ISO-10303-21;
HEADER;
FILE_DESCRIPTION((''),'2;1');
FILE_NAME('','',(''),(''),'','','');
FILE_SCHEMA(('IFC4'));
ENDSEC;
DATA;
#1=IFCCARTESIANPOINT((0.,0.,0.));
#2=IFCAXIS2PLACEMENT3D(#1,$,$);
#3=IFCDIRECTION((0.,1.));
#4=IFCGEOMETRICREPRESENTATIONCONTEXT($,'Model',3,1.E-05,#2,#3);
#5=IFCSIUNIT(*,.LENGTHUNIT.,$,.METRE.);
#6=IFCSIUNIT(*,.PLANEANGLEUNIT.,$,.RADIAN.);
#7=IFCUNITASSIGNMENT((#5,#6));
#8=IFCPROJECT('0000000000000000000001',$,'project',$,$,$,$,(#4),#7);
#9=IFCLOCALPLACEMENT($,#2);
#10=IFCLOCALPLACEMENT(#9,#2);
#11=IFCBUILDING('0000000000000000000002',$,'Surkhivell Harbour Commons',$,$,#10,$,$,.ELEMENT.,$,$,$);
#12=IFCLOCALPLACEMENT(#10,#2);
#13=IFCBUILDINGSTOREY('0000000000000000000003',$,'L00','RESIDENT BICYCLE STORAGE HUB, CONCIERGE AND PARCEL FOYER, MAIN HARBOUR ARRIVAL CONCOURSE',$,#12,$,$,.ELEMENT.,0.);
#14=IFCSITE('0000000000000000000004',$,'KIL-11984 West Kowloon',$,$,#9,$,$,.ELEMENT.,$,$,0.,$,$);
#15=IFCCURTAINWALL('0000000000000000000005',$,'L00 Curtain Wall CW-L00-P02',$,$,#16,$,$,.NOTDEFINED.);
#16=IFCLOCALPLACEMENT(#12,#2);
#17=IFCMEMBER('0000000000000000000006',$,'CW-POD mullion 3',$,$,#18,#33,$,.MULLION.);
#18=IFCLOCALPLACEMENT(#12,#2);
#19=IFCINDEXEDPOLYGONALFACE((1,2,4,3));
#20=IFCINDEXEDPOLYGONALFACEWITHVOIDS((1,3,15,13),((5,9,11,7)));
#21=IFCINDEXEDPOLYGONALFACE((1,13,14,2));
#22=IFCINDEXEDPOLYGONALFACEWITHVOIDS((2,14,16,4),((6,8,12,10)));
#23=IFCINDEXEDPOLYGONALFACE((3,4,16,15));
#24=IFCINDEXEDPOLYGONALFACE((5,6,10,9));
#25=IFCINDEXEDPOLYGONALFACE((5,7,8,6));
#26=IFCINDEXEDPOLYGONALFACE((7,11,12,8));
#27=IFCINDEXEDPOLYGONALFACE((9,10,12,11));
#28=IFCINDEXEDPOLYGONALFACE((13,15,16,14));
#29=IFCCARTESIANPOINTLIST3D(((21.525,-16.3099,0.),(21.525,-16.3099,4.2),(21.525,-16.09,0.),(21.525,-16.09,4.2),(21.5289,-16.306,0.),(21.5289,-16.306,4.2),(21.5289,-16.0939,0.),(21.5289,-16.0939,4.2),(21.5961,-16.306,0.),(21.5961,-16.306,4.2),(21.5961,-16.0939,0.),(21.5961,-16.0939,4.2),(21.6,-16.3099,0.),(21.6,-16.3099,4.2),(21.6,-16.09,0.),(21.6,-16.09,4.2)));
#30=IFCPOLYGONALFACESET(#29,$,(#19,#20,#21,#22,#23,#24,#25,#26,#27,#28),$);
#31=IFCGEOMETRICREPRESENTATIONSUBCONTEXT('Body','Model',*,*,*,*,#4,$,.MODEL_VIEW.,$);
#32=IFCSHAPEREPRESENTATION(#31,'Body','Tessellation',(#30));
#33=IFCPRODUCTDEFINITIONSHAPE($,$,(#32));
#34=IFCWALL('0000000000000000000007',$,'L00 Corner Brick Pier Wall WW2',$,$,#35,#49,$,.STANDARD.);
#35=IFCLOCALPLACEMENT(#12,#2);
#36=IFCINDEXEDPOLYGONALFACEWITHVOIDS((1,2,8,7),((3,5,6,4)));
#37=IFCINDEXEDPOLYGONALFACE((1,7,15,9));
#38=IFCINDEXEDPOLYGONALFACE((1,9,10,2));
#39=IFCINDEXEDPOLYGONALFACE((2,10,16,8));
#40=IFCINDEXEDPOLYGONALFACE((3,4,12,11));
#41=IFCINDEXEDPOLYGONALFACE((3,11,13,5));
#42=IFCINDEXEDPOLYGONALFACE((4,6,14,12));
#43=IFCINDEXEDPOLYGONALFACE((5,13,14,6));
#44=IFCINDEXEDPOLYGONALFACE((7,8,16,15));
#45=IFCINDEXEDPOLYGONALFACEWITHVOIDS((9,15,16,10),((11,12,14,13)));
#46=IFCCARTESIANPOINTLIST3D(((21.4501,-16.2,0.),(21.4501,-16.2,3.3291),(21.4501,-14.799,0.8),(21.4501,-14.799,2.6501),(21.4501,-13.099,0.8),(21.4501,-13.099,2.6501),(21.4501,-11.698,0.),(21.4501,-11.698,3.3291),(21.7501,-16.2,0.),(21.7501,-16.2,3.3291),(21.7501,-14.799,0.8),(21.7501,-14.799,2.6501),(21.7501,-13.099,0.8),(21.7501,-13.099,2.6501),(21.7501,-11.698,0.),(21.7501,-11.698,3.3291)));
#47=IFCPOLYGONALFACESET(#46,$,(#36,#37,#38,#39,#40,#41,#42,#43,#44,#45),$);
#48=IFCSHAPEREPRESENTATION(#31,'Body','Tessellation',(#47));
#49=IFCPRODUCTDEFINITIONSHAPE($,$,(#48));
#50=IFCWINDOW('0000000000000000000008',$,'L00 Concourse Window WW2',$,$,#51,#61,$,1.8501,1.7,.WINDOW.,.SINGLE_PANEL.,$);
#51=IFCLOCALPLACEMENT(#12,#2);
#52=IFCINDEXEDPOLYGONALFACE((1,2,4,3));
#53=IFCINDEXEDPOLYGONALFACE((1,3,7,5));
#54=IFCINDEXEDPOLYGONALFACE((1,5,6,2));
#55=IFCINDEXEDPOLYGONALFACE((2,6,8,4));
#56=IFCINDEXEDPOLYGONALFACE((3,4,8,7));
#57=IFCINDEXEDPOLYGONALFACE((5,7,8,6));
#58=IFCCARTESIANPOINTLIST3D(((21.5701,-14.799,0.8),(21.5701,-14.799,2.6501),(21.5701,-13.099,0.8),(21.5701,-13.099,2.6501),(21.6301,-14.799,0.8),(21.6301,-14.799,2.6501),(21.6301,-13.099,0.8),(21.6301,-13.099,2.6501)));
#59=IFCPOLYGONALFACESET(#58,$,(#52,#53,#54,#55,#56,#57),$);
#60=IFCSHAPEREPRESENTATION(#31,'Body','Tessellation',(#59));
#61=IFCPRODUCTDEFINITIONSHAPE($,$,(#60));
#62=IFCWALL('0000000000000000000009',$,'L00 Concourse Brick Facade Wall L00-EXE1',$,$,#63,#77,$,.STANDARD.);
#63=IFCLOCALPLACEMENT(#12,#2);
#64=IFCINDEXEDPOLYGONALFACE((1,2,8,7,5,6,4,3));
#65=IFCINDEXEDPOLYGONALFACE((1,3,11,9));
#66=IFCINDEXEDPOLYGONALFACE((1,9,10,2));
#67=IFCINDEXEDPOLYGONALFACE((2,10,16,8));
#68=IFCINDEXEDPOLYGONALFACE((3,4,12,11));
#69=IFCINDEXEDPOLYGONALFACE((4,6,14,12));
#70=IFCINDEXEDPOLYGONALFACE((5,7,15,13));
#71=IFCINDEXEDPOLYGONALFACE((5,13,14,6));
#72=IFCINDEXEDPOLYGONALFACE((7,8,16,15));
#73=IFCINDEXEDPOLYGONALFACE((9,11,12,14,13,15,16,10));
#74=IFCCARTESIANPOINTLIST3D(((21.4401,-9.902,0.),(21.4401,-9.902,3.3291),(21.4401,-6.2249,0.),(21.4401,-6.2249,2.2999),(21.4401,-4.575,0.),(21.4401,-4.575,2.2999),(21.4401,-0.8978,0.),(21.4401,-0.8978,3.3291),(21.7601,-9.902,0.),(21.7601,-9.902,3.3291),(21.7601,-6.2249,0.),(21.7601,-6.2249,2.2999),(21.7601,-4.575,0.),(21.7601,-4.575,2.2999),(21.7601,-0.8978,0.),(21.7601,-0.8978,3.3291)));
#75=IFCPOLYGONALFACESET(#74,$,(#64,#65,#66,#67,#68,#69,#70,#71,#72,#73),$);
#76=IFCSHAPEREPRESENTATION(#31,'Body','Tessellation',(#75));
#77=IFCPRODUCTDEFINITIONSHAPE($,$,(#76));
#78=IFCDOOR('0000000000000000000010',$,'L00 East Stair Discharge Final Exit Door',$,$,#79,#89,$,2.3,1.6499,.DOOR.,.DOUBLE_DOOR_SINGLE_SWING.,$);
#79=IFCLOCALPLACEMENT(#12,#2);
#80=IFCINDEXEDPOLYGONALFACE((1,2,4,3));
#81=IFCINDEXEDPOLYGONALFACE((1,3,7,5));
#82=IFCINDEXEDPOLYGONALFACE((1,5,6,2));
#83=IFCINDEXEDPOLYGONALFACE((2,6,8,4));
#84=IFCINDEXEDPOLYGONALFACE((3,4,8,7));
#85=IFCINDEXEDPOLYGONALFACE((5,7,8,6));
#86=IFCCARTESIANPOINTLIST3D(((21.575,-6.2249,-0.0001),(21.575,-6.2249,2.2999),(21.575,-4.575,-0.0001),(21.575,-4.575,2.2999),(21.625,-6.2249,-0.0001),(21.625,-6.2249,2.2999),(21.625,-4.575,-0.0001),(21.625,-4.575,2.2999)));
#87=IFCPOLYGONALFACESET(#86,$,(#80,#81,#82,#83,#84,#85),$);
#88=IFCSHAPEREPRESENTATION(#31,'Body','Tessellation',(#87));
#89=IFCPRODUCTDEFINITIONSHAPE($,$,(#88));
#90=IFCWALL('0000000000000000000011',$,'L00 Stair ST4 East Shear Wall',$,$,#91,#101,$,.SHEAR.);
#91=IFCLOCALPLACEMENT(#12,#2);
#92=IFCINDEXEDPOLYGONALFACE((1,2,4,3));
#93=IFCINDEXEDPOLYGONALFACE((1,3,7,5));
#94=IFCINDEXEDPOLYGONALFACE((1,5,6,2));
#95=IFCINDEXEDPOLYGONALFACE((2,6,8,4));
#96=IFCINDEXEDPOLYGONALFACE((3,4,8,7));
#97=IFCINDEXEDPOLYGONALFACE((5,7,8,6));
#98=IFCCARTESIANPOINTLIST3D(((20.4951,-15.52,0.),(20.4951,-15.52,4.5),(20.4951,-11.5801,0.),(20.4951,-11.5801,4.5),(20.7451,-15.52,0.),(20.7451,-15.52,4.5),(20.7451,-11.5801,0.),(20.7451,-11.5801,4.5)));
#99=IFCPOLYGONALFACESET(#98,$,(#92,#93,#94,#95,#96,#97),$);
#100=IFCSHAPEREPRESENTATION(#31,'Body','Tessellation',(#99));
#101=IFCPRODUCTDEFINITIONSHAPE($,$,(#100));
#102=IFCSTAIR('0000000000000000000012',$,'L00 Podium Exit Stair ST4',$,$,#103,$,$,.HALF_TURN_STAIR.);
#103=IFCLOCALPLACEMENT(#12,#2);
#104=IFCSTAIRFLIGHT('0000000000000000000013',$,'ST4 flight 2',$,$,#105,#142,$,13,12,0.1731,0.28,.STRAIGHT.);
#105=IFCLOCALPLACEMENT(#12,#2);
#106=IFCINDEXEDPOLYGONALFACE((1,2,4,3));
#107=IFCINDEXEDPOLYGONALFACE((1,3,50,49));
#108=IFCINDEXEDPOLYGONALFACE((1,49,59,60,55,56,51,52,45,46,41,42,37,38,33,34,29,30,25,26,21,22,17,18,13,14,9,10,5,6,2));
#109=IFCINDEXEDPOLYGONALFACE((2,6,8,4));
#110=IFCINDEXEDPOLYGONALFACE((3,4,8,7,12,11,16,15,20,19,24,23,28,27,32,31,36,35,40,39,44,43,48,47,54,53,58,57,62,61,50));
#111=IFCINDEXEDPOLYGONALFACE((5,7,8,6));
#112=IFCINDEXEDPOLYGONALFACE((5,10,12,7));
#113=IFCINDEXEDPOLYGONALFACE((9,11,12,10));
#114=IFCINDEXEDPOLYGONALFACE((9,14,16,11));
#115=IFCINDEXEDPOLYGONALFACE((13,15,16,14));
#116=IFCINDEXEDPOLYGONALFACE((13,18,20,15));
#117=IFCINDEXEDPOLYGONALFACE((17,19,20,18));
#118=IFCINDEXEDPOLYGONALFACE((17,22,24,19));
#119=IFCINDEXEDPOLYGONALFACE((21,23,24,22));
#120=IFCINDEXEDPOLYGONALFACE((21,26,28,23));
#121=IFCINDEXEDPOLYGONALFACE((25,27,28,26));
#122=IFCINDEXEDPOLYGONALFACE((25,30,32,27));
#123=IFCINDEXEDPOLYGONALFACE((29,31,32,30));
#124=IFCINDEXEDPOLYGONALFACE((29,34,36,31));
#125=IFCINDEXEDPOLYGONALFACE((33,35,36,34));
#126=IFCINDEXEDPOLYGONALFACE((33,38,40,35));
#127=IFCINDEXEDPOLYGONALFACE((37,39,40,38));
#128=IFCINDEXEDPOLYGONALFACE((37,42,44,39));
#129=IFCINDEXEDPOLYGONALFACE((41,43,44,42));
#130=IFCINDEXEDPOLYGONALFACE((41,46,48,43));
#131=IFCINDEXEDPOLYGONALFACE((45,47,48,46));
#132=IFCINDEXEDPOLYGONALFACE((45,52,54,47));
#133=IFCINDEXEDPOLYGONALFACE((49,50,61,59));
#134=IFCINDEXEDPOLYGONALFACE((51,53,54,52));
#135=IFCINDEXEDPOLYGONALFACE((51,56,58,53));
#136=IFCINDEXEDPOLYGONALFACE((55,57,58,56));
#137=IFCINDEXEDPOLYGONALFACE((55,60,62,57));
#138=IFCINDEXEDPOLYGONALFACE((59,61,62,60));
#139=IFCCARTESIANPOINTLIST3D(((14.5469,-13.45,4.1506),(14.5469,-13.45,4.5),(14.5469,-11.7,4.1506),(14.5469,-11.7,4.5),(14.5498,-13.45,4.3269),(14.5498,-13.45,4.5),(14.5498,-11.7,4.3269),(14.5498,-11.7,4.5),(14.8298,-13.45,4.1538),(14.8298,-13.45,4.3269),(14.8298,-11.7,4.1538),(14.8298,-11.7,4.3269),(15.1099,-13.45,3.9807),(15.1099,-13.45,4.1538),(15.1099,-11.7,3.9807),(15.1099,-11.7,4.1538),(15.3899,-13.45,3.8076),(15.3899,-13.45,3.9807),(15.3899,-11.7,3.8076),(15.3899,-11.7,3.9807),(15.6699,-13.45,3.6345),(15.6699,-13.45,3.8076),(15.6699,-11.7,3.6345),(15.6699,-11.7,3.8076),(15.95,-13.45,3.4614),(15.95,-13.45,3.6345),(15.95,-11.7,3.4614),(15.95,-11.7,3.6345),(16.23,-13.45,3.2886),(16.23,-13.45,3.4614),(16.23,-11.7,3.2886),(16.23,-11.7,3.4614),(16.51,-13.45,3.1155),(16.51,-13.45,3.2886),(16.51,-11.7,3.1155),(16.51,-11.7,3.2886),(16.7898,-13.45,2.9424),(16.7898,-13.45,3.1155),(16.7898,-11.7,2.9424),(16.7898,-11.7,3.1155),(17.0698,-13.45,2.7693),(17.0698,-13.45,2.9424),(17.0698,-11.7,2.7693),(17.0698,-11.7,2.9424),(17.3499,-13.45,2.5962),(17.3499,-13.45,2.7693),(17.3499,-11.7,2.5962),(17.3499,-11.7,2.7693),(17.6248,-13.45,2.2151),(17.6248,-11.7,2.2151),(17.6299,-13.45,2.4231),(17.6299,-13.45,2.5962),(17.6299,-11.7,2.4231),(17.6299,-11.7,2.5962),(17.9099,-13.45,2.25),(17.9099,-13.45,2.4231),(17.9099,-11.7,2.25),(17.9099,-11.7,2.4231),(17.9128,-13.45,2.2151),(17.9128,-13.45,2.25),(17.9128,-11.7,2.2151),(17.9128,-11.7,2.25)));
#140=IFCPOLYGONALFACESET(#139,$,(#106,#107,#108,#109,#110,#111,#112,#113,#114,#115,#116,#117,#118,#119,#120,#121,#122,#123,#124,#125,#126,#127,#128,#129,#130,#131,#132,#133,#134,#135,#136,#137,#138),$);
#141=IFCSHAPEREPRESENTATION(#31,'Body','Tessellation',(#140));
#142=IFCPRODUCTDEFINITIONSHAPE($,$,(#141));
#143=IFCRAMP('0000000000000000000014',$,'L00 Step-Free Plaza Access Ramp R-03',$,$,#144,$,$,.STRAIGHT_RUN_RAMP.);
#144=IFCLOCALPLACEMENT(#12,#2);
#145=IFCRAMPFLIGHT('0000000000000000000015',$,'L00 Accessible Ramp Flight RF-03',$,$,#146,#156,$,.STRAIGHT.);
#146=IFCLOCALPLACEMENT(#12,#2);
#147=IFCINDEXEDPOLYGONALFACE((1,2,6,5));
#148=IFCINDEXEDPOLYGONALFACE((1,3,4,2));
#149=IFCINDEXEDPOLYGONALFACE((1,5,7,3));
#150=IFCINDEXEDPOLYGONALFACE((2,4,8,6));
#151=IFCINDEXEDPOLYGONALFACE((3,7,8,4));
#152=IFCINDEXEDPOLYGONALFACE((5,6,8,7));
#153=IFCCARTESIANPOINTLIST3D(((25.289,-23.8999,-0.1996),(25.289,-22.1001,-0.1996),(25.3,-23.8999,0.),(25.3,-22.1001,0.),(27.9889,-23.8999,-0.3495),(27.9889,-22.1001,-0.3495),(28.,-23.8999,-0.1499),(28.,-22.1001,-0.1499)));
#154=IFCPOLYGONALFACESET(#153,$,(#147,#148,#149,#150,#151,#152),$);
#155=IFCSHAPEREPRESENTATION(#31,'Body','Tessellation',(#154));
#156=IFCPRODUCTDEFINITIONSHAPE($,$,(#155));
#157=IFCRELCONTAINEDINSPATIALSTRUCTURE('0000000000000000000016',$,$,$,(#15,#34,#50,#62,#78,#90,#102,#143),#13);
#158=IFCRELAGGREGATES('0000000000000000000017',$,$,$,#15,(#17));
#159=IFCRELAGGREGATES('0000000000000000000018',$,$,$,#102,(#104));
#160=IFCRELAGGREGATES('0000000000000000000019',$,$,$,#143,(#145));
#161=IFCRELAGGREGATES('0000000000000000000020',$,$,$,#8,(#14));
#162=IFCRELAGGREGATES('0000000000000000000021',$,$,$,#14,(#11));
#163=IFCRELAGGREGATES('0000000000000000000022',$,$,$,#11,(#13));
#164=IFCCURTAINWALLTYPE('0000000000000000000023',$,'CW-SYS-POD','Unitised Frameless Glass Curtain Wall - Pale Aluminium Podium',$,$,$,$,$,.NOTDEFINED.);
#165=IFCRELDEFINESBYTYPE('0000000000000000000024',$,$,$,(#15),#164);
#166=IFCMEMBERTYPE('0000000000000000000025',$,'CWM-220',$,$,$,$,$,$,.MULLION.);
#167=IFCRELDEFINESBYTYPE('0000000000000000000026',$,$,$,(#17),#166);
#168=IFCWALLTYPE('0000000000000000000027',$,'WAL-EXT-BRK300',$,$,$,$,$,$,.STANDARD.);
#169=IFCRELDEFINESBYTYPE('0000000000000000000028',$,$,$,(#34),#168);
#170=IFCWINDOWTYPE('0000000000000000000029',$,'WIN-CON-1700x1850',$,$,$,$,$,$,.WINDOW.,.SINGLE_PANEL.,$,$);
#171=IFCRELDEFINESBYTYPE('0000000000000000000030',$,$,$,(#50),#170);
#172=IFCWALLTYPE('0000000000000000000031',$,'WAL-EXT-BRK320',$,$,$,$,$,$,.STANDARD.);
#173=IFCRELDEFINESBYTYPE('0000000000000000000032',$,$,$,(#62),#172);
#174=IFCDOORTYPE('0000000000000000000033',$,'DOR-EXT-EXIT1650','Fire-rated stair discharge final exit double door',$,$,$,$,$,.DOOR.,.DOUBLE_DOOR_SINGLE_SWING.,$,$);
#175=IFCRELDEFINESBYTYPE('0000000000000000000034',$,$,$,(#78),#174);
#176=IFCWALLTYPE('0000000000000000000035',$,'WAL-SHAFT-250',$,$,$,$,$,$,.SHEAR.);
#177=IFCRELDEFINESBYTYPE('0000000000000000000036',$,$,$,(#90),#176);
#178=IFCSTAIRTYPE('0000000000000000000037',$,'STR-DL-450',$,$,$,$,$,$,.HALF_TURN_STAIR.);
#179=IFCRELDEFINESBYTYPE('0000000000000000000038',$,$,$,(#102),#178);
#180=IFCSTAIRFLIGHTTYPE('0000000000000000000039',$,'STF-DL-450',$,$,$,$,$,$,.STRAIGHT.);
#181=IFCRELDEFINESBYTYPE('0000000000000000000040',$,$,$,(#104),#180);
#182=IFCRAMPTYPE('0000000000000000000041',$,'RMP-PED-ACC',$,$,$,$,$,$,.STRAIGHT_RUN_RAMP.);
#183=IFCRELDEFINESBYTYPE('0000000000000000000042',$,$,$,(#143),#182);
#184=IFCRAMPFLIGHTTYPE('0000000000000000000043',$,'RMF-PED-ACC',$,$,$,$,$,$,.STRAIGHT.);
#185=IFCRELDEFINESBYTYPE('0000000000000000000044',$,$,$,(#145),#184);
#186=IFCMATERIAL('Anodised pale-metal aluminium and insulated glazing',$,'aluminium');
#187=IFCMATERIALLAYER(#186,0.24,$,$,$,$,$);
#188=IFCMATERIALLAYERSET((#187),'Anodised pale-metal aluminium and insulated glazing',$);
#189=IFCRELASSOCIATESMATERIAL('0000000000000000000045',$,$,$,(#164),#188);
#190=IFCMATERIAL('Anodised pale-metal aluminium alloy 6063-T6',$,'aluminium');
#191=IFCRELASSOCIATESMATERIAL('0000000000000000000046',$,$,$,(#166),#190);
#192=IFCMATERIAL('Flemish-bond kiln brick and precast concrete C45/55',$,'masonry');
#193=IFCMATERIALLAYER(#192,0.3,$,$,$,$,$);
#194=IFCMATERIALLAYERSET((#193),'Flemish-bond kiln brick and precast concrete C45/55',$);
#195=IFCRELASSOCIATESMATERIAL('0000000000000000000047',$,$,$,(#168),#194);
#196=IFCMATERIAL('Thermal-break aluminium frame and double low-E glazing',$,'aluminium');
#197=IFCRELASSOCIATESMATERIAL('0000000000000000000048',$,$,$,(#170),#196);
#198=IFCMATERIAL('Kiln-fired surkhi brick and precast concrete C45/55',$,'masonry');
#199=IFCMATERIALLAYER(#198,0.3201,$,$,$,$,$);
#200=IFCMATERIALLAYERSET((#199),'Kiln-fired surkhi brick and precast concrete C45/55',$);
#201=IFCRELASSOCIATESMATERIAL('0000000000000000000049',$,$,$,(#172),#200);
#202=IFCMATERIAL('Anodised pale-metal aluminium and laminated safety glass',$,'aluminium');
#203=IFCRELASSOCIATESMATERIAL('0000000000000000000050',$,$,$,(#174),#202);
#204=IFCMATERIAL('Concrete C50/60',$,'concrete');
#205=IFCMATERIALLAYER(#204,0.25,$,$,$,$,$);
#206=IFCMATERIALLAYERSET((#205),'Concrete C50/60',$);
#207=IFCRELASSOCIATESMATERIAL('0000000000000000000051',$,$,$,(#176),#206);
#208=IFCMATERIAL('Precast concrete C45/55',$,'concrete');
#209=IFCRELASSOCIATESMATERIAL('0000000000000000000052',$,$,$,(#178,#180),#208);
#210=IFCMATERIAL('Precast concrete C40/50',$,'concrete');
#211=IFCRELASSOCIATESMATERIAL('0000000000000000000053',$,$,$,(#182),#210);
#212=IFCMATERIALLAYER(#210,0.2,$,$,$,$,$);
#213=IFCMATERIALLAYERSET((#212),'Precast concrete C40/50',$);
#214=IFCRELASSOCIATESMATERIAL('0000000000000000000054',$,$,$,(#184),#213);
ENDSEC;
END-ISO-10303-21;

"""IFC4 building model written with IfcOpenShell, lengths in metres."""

from ifc_helpers import new_model, si_unit, direction, frame, frame_2d, origin, origin_2d, place, context, subcontext, project, spatial, polyline, rectangle, hollow_rectangle, outline, extrude, material, layer, layer_set, material_profile, profile_set, type_object, element, fill, aggregate, save


model = new_model("IFC4")

# Units and contexts
model_context = context("Model", 3, precision=1e-05, world=origin(), true_north=direction((0.0, 1.0)))
body_context = subcontext(model_context, "Body", "Model", "MODEL_VIEW")
ifc_project = project(units=[si_unit("LENGTHUNIT", "METRE"), si_unit("PLANEANGLEUNIT", "RADIAN")], contexts=[model_context])

# Site, building, storey
site_placement = place(None, origin())
site = spatial("IfcSite", under=ifc_project, at=site_placement, Name="KIL-11984 West Kowloon", CompositionType="ELEMENT", RefElevation=0.0)
building_placement = place(site_placement, origin())
building = spatial("IfcBuilding", under=site, at=building_placement, Name="Surkhivell Harbour Commons", CompositionType="ELEMENT")
storey_placement = place(building_placement, origin())
storey = spatial("IfcBuildingStorey", under=building, at=storey_placement, Name="L00", Description="RESIDENT BICYCLE STORAGE HUB, CONCIERGE AND PARCEL FOYER, MAIN HARBOUR ARRIVAL CONCOURSE", CompositionType="ELEMENT", Elevation=0.0)

# Curtain wall, member
ifc_material_1 = material(Name="Anodised pale-metal aluminium and insulated glazing", Category="aluminium")
ifc_layer_1 = layer(ifc_material_1, 0.24)
ifc_layer_set_1 = layer_set([ifc_layer_1], Name="Anodised pale-metal aluminium and insulated glazing")
curtain_wall_type = type_object("IfcCurtainWallType", Name="CW-SYS-POD", Description="Unitised Frameless Glass Curtain Wall - Pale Aluminium Podium", PredefinedType="NOTDEFINED", material=ifc_layer_set_1)
curtain_wall_placement = place(storey_placement, origin())
curtain_wall = element("IfcCurtainWall", 1, at=curtain_wall_placement, inside=storey, type_object=curtain_wall_type, Name="L00 Curtain Wall CW-L00-P02", PredefinedType="NOTDEFINED")
ifc_material_2 = material(Name="Anodised pale-metal aluminium alloy 6063-T6", Category="aluminium")
ifc_material_profile_1 = material_profile(ifc_material_2, hollow_rectangle(XDim=0.075, YDim=0.22, WallThickness=0.0039, at=origin_2d()), Name="ALU-MULL-75x220")
ifc_profile_set_1 = profile_set([ifc_material_profile_1], Name="Anodised pale-metal aluminium alloy 6063-T6")
member_type = type_object("IfcMemberType", Name="CWM-220", PredefinedType="MULLION", material=ifc_profile_set_1)
member_placement = place(storey_placement, frame((21.5625, -16.2, 0.0), z_axis=(0.0, 0.0, 1.0), x_axis=(1.0, 0.0, 0.0)))
member = element("IfcMember", 2, at=member_placement, type_object=member_type, Name="CW-POD mullion 3", PredefinedType="MULLION", context=body_context, shape_type="SweptSolid", body=[
    extrude(hollow_rectangle(XDim=0.075, YDim=0.22, WallThickness=0.0039, at=origin_2d()), origin(), (0.0, 0.0, 1.0), 4.2),
])
aggregate(curtain_wall, [member])

# Wall, opening, window
ifc_material_3 = material(Name="Flemish-bond kiln brick and precast concrete C45/55", Category="masonry")
ifc_layer_2 = layer(ifc_material_3, 0.3)
ifc_layer_set_2 = layer_set([ifc_layer_2], Name="Flemish-bond kiln brick and precast concrete C45/55")
wall_type_1 = type_object("IfcWallType", Name="WAL-EXT-BRK300", PredefinedType="STANDARD", material=ifc_layer_set_2)
wall_1_placement = place(storey_placement, frame((21.6001, -11.698, 0.0), z_axis=(0.0, 0.0, 1.0), x_axis=(0.0, -1.0, 0.0)))
wall_1 = element("IfcWall", 3, at=wall_1_placement, inside=storey, type_object=wall_type_1, Name="L00 Corner Brick Pier Wall WW2", PredefinedType="STANDARD", context=body_context, shape_type="SweptSolid", body=[
    extrude(rectangle(XDim=4.502, YDim=0.3, at=frame_2d((2.251, 0.0))), origin(), (0.0, 0.0, 1.0), 3.3291),
])
opening_1_placement = place(wall_1_placement, frame((1.4009, 0.0, 0.8)))
opening_1 = element("IfcOpeningElement", 4, at=opening_1_placement, cuts=wall_1, PredefinedType="OPENING", context=body_context, shape_type="SweptSolid", body=[
    extrude(rectangle(XDim=1.7, YDim=1.8501, at=frame_2d((0.8501, 0.925))), frame((0.0, 0.1599, 0.0), z_axis=(0.0, -1.0, 0.0), x_axis=(1.0, 0.0, 0.0)), (0.0, 0.0, 1.0), 0.3201),
])
ifc_material_4 = material(Name="Thermal-break aluminium frame and double low-E glazing", Category="aluminium")
window_type = type_object("IfcWindowType", Name="WIN-CON-1700x1850", PartitioningType="SINGLE_PANEL", PredefinedType="WINDOW", material=ifc_material_4)
window_placement = place(opening_1_placement, origin())
window = element("IfcWindow", 5, at=window_placement, inside=storey, type_object=window_type, Name="L00 Concourse Window WW2", OverallHeight=1.8501, OverallWidth=1.7, PartitioningType="SINGLE_PANEL", PredefinedType="WINDOW", context=body_context, shape_type="SweptSolid", body=[
    extrude(rectangle(XDim=1.7, YDim=1.8501, at=frame_2d((0.8501, 0.925))), frame((0.0, 0.03, 0.0), z_axis=(0.0, -1.0, 0.0), x_axis=(1.0, 0.0, 0.0)), (0.0, 0.0, 1.0), 0.0601),
])
fill(opening_1, window)

# Wall, opening, door
ifc_material_5 = material(Name="Kiln-fired surkhi brick and precast concrete C45/55", Category="masonry")
ifc_layer_3 = layer(ifc_material_5, 0.3201)
ifc_layer_set_3 = layer_set([ifc_layer_3], Name="Kiln-fired surkhi brick and precast concrete C45/55")
wall_type_2 = type_object("IfcWallType", Name="WAL-EXT-BRK320", PredefinedType="STANDARD", material=ifc_layer_set_3)
wall_2_placement = place(storey_placement, frame((21.6001, -0.8979, 0.0), z_axis=(0.0, 0.0, 1.0), x_axis=(0.0, -1.0, 0.0)))
wall_2 = element("IfcWall", 6, at=wall_2_placement, inside=storey, type_object=wall_type_2, Name="L00 Concourse Brick Facade Wall L00-EXE1", PredefinedType="STANDARD", context=body_context, shape_type="SweptSolid", body=[
    extrude(rectangle(XDim=9.0042, YDim=0.3201, at=frame_2d((4.502, 0.0))), origin(), (0.0, 0.0, 1.0), 3.3291),
])
opening_2_placement = place(wall_2_placement, frame((3.677, 0.0, 0.0)))
opening_2 = element("IfcOpeningElement", 7, at=opening_2_placement, cuts=wall_2, PredefinedType="OPENING", context=body_context, shape_type="SweptSolid", body=[
    extrude(rectangle(XDim=1.6499, YDim=2.3, at=frame_2d((0.825, 1.1499))), frame((0.0, 0.1699, 0.0), z_axis=(0.0, -1.0, 0.0), x_axis=(1.0, 0.0, 0.0)), (0.0, 0.0, 1.0), 0.3401),
])
ifc_material_6 = material(Name="Anodised pale-metal aluminium and laminated safety glass", Category="aluminium")
door_type = type_object("IfcDoorType", Name="DOR-EXT-EXIT1650", Description="Fire-rated stair discharge final exit double door", OperationType="DOUBLE_DOOR_SINGLE_SWING", PredefinedType="DOOR", material=ifc_material_6)
door_placement = place(opening_2_placement, origin())
door = element("IfcDoor", 8, at=door_placement, inside=storey, type_object=door_type, Name="L00 East Stair Discharge Final Exit Door", OperationType="DOUBLE_DOOR_SINGLE_SWING", OverallHeight=2.3, OverallWidth=1.6499, PredefinedType="DOOR", context=body_context, shape_type="SweptSolid", body=[
    extrude(rectangle(XDim=1.6499, YDim=2.3, at=frame_2d((0.825, 1.1499))), frame((0.0, 0.0249, 0.0), z_axis=(0.0, -1.0, 0.0), x_axis=(1.0, 0.0, 0.0)), (0.0, 0.0, 1.0), 0.05),
])
fill(opening_2, door)

# Wall
ifc_material_7 = material(Name="Concrete C50/60", Category="concrete")
ifc_layer_4 = layer(ifc_material_7, 0.25)
ifc_layer_set_4 = layer_set([ifc_layer_4], Name="Concrete C50/60")
wall_type_3 = type_object("IfcWallType", Name="WAL-SHAFT-250", PredefinedType="SHEAR", material=ifc_layer_set_4)
wall_3_placement = place(storey_placement, frame((20.6201, -15.52, 0.0), z_axis=(0.0, 0.0, 1.0), x_axis=(0.0, 1.0, 0.0)))
element("IfcWall", 9, at=wall_3_placement, inside=storey, type_object=wall_type_3, Name="L00 Stair ST4 East Shear Wall", PredefinedType="SHEAR", context=body_context, shape_type="SweptSolid", body=[
    extrude(rectangle(XDim=3.9399, YDim=0.25, at=frame_2d((1.97, 0.0))), origin(), (0.0, 0.0, 1.0), 4.5),
])

# Stair, stair flight
ifc_material_8 = material(Name="Precast concrete C45/55", Category="concrete")
stair_type = type_object("IfcStairType", Name="STR-DL-450", PredefinedType="HALF_TURN_STAIR", material=ifc_material_8)
stair_placement = place(storey_placement, origin())
stair = element("IfcStair", 10, at=stair_placement, inside=storey, type_object=stair_type, Name="L00 Podium Exit Stair ST4", PredefinedType="HALF_TURN_STAIR")
stair_flight_type = type_object("IfcStairFlightType", Name="STF-DL-450", PredefinedType="STRAIGHT", material=ifc_material_8)
stair_flight_placement = place(storey_placement, frame((17.9099, -12.575, 2.25), z_axis=(0.0, 0.0, 1.0), x_axis=(-1.0, 0.0, 0.0)))
stair_flight = element("IfcStairFlight", 11, at=stair_flight_placement, type_object=stair_flight_type, Name="ST4 flight 2", NumberOfRisers=13, NumberOfTreads=12, PredefinedType="STRAIGHT", RiserHeight=0.1731, TreadLength=0.28, context=body_context, shape_type="SweptSolid", body=[
    extrude(outline(polyline([(-0.0029, -0.0349), (-0.0029, 0.0), (0.0, 0.0), (0.0, 0.1731), (0.28, 0.1731), (0.28, 0.3462), (0.5601, 0.3462), (0.5601, 0.5193), (0.8401, 0.5193), (0.8401, 0.6924), (1.1201, 0.6924), (1.1201, 0.8655), (1.3999, 0.8655), (1.3999, 1.0386), (1.6799, 1.0386), (1.6799, 1.2114), (1.96, 1.2114), (1.96, 1.3845), (2.24, 1.3845), (2.24, 1.5576), (2.52, 1.5576), (2.52, 1.7307), (2.8, 1.7307), (2.8, 1.9038), (3.0801, 1.9038), (3.0801, 2.0769), (3.3601, 2.0769), (3.3601, 2.25), (3.363, 2.25), (3.363, 1.9006), (0.2852, -0.0349), (-0.0029, -0.0349)])), frame((0.0, 0.875, 0.0), z_axis=(0.0, -1.0, 0.0), x_axis=(1.0, 0.0, 0.0)), (0.0, 0.0, 1.0), 1.75),
])
aggregate(stair, [stair_flight])

# Ramp, ramp flight
ifc_material_9 = material(Name="Precast concrete C40/50", Category="concrete")
ramp_type = type_object("IfcRampType", Name="RMP-PED-ACC", PredefinedType="STRAIGHT_RUN_RAMP", material=ifc_material_9)
ramp_placement = place(storey_placement, origin())
ramp = element("IfcRamp", 12, at=ramp_placement, inside=storey, type_object=ramp_type, Name="L00 Step-Free Plaza Access Ramp R-03", PredefinedType="STRAIGHT_RUN_RAMP")
ifc_layer_5 = layer(ifc_material_9, 0.2)
ifc_layer_set_5 = layer_set([ifc_layer_5], Name="Precast concrete C40/50")
ramp_flight_type = type_object("IfcRampFlightType", Name="RMF-PED-ACC", PredefinedType="STRAIGHT", material=ifc_layer_set_5)
ramp_flight_placement = place(storey_placement, frame((25.3, -23.8999, 0.0), z_axis=(0.055435, 0.0, 0.998462), x_axis=(0.998462, 0.0, -0.055435)))
ramp_flight = element("IfcRampFlight", 13, at=ramp_flight_placement, type_object=ramp_flight_type, Name="L00 Accessible Ramp Flight RF-03", PredefinedType="STRAIGHT", context=body_context, shape_type="SweptSolid", body=[
    extrude(outline(polyline([(0.0, 0.0), (2.7041, 0.0), (2.7041, 1.7998), (0.0, 1.7998), (0.0, 0.0)])), origin(), (0.0, 0.0, -1.0), 0.2),
])
aggregate(ramp, [ramp_flight])

save(model, "model.ifc")
